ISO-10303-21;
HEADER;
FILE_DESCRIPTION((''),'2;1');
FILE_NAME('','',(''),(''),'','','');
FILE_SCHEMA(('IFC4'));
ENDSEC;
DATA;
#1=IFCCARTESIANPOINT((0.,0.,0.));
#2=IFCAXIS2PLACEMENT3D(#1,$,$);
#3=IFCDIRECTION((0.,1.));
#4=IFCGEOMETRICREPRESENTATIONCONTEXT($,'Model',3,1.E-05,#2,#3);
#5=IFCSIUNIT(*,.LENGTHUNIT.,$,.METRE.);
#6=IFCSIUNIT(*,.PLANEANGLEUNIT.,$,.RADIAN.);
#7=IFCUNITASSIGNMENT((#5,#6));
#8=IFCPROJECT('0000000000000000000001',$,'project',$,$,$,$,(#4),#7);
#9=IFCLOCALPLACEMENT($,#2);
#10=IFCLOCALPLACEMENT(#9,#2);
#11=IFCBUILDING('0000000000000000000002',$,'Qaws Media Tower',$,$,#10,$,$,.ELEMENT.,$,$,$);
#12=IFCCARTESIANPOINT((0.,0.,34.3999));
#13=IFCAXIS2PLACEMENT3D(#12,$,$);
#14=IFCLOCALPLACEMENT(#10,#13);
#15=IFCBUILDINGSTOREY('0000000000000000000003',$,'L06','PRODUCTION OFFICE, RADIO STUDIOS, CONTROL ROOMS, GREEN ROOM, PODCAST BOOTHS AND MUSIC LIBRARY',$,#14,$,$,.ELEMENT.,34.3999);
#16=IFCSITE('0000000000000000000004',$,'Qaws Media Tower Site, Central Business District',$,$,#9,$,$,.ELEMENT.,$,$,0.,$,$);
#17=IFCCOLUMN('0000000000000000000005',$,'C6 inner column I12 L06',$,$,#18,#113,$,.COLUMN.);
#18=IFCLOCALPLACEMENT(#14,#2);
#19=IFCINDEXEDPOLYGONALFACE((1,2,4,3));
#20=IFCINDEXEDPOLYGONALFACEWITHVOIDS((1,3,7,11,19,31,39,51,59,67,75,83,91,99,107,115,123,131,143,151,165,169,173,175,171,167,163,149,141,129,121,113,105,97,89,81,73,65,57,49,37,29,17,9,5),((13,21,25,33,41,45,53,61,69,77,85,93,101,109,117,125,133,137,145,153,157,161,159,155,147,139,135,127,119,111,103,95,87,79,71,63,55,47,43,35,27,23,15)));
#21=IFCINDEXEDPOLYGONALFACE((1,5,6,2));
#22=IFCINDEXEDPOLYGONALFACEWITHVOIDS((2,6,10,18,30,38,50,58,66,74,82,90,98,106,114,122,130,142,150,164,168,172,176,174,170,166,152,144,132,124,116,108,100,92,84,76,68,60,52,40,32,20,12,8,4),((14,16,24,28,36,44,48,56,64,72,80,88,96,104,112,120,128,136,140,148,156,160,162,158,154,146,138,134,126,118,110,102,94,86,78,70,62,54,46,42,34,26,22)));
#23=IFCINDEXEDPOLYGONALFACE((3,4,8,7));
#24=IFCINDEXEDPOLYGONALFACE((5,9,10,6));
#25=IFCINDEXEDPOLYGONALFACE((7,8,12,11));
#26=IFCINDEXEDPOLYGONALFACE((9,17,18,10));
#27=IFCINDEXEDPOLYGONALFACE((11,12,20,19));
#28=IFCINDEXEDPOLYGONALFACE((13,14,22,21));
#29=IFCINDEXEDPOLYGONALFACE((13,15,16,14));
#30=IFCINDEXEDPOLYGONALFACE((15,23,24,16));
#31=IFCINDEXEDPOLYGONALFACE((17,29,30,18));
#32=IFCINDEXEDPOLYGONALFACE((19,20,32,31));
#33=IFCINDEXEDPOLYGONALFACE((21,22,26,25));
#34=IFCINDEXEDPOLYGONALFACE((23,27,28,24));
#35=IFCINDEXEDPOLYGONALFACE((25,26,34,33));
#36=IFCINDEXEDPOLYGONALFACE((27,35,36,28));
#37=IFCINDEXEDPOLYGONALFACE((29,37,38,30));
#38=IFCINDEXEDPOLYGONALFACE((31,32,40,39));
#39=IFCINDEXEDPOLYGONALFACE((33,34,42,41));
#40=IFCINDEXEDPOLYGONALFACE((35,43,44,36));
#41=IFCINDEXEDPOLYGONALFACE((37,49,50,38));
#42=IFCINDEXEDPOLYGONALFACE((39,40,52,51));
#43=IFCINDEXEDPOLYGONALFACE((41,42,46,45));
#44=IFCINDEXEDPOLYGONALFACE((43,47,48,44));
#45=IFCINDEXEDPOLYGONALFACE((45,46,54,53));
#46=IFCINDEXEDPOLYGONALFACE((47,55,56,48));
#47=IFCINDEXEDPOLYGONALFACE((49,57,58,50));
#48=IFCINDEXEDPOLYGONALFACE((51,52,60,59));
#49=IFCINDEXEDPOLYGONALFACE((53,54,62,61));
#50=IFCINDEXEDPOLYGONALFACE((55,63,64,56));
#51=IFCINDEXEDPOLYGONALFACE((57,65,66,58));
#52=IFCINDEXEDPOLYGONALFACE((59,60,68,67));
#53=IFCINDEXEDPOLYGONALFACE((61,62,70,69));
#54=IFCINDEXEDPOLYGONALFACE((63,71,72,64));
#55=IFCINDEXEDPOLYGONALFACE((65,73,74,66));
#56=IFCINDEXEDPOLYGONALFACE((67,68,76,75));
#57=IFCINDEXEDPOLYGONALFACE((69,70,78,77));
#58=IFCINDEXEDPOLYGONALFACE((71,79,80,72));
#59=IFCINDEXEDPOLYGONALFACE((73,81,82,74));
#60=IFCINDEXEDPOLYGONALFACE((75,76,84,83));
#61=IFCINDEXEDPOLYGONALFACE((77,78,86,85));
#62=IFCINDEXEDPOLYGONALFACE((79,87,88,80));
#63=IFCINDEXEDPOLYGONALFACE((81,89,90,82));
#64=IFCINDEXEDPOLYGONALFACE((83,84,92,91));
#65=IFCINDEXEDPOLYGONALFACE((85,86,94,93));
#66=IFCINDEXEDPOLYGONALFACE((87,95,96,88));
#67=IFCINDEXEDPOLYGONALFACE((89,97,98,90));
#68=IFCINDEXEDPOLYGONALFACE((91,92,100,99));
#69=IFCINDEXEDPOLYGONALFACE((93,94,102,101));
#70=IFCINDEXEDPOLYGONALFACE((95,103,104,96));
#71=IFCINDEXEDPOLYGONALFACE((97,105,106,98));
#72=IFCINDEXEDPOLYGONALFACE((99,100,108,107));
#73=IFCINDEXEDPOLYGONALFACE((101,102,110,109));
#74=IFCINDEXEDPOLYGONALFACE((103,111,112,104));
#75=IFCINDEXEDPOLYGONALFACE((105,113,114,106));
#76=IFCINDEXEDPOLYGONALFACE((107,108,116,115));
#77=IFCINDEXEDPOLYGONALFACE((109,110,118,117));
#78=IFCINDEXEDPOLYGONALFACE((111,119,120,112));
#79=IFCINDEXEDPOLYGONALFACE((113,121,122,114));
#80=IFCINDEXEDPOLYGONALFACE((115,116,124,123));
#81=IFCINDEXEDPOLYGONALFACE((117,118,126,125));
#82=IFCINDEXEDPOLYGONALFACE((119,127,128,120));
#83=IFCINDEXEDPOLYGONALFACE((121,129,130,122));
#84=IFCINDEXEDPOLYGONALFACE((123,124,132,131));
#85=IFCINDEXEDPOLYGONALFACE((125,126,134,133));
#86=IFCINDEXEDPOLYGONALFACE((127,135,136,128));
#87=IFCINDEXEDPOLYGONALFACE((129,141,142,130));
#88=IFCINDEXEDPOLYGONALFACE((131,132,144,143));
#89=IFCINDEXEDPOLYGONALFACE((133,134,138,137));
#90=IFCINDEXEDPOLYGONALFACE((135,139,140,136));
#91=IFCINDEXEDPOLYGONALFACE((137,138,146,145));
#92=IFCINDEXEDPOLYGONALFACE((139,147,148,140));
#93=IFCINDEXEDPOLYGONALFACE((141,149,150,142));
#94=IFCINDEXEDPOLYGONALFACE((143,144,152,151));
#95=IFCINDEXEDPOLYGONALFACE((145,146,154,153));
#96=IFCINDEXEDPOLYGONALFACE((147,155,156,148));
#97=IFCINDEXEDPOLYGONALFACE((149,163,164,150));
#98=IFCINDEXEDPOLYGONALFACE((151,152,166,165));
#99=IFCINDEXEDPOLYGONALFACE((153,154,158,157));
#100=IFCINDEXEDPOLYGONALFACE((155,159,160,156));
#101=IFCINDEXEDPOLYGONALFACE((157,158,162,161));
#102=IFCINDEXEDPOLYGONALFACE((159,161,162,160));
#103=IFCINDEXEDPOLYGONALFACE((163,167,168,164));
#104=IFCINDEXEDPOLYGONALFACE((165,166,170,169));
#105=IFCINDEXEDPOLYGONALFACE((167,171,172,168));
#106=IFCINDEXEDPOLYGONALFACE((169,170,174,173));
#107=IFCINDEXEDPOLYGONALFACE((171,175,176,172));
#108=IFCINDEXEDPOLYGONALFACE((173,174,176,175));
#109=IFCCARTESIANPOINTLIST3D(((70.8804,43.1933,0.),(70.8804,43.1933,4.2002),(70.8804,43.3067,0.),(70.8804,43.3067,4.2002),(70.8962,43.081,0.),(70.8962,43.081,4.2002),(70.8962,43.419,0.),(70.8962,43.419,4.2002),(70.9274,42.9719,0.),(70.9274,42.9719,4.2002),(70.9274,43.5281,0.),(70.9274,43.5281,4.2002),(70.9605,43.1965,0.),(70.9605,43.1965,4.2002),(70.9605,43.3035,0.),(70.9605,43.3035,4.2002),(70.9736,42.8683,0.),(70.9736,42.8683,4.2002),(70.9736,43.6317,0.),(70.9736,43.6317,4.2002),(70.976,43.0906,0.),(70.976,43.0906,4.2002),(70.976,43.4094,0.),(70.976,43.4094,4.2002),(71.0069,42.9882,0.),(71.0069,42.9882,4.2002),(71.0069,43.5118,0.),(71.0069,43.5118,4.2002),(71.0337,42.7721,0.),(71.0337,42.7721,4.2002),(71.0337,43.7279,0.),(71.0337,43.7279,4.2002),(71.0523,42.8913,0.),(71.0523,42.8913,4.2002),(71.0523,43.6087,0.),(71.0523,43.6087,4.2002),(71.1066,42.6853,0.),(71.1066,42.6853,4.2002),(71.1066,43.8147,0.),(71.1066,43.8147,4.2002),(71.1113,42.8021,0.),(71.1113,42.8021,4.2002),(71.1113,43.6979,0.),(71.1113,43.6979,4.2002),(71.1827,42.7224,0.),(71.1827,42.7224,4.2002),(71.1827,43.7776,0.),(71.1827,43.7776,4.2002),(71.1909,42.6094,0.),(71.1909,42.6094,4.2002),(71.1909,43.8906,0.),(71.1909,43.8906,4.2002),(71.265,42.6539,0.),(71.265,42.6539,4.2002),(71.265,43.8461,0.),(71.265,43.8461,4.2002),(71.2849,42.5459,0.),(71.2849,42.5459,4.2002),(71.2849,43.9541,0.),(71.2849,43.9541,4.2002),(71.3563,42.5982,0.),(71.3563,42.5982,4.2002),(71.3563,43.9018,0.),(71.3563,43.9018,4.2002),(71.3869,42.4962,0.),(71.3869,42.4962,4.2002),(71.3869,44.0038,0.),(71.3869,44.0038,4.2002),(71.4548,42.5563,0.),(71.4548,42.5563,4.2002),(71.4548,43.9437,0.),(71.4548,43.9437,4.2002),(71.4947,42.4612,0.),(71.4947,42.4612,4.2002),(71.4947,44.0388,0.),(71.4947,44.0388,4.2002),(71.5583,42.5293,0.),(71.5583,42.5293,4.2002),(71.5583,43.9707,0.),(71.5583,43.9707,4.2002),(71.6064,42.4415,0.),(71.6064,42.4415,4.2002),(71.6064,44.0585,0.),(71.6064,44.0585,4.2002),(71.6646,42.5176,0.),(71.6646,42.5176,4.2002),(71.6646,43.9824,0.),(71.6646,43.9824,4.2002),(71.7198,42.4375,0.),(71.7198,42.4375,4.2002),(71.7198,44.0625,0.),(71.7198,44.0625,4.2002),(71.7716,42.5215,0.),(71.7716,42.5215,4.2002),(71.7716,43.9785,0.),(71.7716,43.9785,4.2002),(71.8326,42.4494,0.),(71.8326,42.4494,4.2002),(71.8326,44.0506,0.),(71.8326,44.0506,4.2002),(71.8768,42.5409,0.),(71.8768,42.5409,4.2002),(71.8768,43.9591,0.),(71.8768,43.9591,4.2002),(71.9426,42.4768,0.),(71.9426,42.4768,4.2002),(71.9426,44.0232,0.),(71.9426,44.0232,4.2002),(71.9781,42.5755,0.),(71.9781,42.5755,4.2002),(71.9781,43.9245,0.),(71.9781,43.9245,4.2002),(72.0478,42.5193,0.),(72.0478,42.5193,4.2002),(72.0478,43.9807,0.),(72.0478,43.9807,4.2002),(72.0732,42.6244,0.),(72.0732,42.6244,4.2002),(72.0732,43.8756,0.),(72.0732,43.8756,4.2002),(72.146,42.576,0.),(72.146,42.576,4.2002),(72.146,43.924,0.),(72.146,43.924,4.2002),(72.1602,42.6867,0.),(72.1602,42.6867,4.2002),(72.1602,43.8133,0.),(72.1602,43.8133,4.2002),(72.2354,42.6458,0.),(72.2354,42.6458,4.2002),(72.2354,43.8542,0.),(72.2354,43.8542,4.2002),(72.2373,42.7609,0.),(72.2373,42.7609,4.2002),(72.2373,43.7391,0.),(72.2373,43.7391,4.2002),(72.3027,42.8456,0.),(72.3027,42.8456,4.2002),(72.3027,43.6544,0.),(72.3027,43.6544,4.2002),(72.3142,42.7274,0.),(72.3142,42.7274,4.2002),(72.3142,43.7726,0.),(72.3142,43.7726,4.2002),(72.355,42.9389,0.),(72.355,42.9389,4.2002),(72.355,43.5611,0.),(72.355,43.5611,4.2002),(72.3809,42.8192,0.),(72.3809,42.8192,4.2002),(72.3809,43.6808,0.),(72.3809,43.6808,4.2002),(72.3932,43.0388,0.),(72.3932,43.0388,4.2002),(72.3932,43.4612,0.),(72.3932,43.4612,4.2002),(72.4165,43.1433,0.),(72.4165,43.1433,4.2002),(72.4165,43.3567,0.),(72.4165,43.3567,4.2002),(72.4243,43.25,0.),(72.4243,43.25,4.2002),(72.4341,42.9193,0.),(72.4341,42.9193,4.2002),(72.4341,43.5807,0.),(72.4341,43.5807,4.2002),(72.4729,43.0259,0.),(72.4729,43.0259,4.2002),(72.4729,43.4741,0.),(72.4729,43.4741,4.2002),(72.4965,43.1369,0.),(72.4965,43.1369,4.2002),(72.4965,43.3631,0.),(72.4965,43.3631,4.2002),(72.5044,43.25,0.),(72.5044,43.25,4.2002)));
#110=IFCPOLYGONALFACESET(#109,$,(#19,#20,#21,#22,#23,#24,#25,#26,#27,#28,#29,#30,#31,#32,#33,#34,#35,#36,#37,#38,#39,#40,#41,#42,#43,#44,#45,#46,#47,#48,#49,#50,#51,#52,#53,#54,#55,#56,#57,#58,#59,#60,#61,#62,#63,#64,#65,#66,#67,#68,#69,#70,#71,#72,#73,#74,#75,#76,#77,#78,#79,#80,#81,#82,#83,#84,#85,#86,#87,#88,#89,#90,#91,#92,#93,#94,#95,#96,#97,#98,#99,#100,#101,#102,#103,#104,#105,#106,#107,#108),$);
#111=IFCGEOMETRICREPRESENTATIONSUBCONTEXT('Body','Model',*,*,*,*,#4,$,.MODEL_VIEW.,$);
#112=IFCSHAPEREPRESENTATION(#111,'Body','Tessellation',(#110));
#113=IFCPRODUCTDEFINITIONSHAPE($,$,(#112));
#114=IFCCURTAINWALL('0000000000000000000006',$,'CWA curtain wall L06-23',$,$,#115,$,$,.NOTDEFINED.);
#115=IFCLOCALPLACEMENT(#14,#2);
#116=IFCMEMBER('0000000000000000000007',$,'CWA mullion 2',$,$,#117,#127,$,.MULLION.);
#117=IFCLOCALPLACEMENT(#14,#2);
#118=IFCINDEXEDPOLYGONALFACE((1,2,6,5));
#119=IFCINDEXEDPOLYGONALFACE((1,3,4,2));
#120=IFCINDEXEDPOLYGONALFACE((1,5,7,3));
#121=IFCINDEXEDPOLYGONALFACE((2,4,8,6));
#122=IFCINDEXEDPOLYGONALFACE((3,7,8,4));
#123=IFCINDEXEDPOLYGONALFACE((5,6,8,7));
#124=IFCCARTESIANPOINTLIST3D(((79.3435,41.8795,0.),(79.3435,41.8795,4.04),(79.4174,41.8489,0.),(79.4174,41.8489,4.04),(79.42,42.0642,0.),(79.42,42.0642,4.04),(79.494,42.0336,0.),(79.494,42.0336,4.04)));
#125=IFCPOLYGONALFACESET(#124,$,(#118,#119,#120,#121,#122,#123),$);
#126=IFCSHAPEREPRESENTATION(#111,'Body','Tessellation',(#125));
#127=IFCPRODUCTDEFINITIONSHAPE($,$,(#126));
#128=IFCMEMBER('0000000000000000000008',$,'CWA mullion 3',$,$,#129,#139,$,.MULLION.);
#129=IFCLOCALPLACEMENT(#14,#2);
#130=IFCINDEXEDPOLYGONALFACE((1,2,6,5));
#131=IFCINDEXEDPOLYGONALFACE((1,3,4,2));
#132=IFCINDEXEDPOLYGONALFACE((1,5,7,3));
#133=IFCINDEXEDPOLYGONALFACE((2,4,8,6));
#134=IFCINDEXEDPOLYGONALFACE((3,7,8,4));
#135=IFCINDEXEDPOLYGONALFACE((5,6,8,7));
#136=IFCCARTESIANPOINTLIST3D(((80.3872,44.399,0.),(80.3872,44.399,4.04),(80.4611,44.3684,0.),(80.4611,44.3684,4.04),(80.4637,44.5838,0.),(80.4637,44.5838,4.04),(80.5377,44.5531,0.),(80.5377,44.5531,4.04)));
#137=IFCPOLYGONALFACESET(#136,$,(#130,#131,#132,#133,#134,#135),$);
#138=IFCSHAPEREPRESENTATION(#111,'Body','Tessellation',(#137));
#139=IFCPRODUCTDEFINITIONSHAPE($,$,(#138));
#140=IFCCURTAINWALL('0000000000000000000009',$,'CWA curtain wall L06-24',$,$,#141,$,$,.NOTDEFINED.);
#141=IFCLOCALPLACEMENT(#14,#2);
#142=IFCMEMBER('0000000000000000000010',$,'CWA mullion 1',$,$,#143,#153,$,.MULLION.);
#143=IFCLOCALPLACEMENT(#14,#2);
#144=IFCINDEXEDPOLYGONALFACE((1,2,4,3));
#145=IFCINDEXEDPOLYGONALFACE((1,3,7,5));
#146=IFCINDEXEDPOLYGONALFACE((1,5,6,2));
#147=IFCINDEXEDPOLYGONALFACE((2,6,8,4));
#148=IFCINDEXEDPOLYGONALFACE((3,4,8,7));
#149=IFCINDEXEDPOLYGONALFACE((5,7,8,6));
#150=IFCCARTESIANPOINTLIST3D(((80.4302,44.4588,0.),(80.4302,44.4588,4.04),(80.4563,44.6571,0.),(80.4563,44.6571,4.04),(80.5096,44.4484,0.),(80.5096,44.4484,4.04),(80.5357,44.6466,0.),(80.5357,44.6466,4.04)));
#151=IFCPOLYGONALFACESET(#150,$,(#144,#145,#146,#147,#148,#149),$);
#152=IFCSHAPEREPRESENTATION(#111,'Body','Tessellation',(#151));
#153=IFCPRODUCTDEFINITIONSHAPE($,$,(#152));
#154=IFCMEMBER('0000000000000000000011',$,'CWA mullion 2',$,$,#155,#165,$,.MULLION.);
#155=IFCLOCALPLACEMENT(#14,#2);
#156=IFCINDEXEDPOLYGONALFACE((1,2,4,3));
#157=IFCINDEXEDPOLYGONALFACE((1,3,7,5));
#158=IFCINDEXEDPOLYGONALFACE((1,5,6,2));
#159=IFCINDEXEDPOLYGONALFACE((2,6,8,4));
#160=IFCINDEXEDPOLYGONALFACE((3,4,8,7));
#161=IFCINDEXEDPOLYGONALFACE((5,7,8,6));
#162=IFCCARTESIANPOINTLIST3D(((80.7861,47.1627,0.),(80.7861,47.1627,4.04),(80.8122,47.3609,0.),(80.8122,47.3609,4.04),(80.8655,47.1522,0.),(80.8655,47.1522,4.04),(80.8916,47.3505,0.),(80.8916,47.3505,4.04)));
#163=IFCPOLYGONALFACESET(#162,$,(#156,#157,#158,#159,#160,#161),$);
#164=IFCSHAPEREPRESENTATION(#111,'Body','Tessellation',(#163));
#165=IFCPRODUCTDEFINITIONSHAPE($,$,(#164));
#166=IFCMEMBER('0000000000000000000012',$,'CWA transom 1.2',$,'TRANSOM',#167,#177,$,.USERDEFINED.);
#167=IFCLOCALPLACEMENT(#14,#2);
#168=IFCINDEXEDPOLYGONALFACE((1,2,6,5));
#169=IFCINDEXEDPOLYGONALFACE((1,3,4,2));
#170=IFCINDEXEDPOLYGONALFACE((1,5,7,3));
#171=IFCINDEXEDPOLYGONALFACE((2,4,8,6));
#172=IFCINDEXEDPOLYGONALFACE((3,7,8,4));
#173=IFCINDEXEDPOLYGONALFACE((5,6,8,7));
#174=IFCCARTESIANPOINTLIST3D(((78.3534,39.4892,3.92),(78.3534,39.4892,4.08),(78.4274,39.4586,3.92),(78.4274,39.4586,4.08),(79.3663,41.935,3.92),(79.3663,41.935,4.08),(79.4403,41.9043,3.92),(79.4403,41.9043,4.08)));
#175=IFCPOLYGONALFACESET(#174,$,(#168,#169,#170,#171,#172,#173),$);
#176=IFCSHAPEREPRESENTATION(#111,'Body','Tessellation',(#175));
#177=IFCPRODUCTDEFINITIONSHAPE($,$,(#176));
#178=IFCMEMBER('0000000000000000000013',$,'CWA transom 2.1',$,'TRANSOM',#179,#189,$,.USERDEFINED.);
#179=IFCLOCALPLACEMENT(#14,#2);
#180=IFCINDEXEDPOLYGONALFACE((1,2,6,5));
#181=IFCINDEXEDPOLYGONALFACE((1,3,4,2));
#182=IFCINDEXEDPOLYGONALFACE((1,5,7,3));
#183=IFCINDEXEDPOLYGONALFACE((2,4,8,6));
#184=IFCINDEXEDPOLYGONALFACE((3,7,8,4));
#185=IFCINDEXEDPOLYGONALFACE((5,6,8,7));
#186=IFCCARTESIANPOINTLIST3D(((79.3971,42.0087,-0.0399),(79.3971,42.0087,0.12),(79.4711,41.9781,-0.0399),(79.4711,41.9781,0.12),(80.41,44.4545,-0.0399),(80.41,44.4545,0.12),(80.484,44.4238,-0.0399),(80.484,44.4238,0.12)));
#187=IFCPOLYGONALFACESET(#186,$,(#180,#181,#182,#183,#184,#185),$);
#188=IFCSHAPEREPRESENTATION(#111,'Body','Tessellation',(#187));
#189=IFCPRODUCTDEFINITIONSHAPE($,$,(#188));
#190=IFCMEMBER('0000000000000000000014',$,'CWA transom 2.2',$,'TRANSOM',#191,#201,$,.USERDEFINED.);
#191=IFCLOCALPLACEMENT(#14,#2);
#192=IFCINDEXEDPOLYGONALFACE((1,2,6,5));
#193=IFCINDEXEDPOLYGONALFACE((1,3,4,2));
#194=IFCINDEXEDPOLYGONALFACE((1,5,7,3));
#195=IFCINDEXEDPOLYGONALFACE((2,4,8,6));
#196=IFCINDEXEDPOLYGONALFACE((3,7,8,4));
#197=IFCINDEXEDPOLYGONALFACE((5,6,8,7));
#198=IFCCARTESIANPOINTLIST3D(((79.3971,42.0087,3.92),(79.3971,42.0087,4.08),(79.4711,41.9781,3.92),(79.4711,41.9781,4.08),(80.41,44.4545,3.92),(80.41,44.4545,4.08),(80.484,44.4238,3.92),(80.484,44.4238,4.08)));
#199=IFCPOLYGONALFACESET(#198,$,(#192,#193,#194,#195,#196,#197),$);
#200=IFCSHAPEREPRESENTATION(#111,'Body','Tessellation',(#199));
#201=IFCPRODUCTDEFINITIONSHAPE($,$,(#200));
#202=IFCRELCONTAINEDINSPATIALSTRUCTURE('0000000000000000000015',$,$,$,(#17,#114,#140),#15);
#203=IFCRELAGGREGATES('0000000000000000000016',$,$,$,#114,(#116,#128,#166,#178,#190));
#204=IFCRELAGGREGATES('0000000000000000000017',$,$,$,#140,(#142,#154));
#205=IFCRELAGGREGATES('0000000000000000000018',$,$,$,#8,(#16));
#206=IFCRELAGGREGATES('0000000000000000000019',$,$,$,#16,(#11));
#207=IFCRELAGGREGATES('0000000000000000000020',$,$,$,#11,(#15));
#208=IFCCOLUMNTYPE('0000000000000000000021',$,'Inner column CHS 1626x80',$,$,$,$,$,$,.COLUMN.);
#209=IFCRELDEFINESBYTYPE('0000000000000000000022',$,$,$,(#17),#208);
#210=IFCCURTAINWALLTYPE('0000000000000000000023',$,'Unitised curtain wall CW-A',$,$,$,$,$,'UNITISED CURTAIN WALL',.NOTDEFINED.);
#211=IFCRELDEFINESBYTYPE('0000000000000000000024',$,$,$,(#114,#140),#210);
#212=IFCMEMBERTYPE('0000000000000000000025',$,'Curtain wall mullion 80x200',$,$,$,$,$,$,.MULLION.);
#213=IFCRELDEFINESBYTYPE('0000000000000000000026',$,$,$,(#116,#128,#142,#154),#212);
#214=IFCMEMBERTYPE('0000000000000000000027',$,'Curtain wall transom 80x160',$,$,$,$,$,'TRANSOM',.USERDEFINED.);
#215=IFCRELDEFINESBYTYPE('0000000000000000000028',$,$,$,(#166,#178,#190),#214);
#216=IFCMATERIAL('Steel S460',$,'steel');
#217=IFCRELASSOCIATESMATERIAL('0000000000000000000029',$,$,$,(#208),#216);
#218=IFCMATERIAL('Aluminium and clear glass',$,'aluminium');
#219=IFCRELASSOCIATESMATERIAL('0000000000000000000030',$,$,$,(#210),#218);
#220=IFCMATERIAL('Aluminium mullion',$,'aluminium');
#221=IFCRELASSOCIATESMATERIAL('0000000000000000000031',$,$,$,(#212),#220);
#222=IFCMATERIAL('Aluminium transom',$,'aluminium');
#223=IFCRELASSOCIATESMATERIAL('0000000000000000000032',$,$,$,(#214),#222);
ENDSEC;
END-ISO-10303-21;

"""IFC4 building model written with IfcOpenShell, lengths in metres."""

from ifc_helpers import new_model, si_unit, direction, frame, origin, origin_2d, place, context, subcontext, project, spatial, rectangle, hollow_circle, extrude, material, material_profile, profile_set, type_object, element, aggregate, save


model = new_model("IFC4")

# Units and contexts
model_context = context("Model", 3, precision=1e-05, world=origin(), true_north=direction((0.0, 1.0)))
body_context = subcontext(model_context, "Body", "Model", "MODEL_VIEW")
ifc_project = project(units=[si_unit("LENGTHUNIT", "METRE"), si_unit("PLANEANGLEUNIT", "RADIAN")], contexts=[model_context])

# Site, building, storey
site_placement = place(None, origin())
site = spatial("IfcSite", under=ifc_project, at=site_placement, Name="Qaws Media Tower Site, Central Business District", CompositionType="ELEMENT", RefElevation=0.0)
building_placement = place(site_placement, origin())
building = spatial("IfcBuilding", under=site, at=building_placement, Name="Qaws Media Tower", CompositionType="ELEMENT")
storey_placement = place(building_placement, frame((0.0, 0.0, 34.3999)))
storey = spatial("IfcBuildingStorey", under=building, at=storey_placement, Name="L06", Description="PRODUCTION OFFICE, RADIO STUDIOS, CONTROL ROOMS, GREEN ROOM, PODCAST BOOTHS AND MUSIC LIBRARY", CompositionType="ELEMENT", Elevation=34.3999)

# Column
ifc_material_1 = material(Name="Steel S460", Category="steel")
ifc_material_profile_1 = material_profile(ifc_material_1, hollow_circle(Radius=0.813, WallThickness=0.0801, at=origin_2d()), Name="CHS 1626x80")
ifc_profile_set_1 = profile_set([ifc_material_profile_1], Name="Steel S460")
column_type = type_object("IfcColumnType", Name="Inner column CHS 1626x80", PredefinedType="COLUMN", material=ifc_profile_set_1)
column_placement = place(storey_placement, frame((71.6914, 43.25, 0.0), z_axis=(0.0, 0.0, 1.0), x_axis=(1.0, 0.0, 0.0)))
element("IfcColumn", 1, at=column_placement, inside=storey, type_object=column_type, Name="C6 inner column I12 L06", PredefinedType="COLUMN", context=body_context, shape_type="SweptSolid", body=[
    extrude(hollow_circle(Radius=0.813, WallThickness=0.0801, at=origin_2d()), origin(), (0.0, 0.0, 1.0), 4.2002),
])

# Curtain walls, members
ifc_material_2 = material(Name="Aluminium and clear glass", Category="aluminium")
curtain_wall_type = type_object("IfcCurtainWallType", Name="Unitised curtain wall CW-A", ElementType="UNITISED CURTAIN WALL", PredefinedType="NOTDEFINED", material=ifc_material_2)
curtain_wall_1_placement = place(storey_placement, origin())
curtain_wall_1 = element("IfcCurtainWall", 2, at=curtain_wall_1_placement, inside=storey, type_object=curtain_wall_type, Name="CWA curtain wall L06-23", PredefinedType="NOTDEFINED")
ifc_material_3 = material(Name="Aluminium mullion", Category="aluminium")
ifc_material_profile_2 = material_profile(ifc_material_3, rectangle(XDim=0.0801, YDim=0.2, at=origin_2d()), Name="80x200")
ifc_profile_set_2 = profile_set([ifc_material_profile_2], Name="Aluminium mullion")
member_type_1 = type_object("IfcMemberType", Name="Curtain wall mullion 80x200", PredefinedType="MULLION", material=ifc_profile_set_2)
member_1_placement = place(storey_placement, frame((79.4187, 41.9565, 0.0), z_axis=(0.0, 0.0, 1.0), x_axis=(-0.92388, 0.382683, 0.0)))
member_1 = element("IfcMember", 3, at=member_1_placement, type_object=member_type_1, Name="CWA mullion 2", PredefinedType="MULLION", context=body_context, shape_type="SweptSolid", body=[
    extrude(rectangle(XDim=0.0801, YDim=0.2, at=origin_2d()), origin(), (0.0, 0.0, 1.0), 4.04),
])
member_2_placement = place(storey_placement, frame((80.4624, 44.4761, 0.0), z_axis=(0.0, 0.0, 1.0), x_axis=(-0.92388, 0.382683, 0.0)))
member_2 = element("IfcMember", 4, at=member_2_placement, type_object=member_type_1, Name="CWA mullion 3", PredefinedType="MULLION", context=body_context, shape_type="SweptSolid", body=[
    extrude(rectangle(XDim=0.0801, YDim=0.2, at=origin_2d()), origin(), (0.0, 0.0, 1.0), 4.04),
])
curtain_wall_2_placement = place(storey_placement, origin())
curtain_wall_2 = element("IfcCurtainWall", 5, at=curtain_wall_2_placement, inside=storey, type_object=curtain_wall_type, Name="CWA curtain wall L06-24", PredefinedType="NOTDEFINED")
member_3_placement = place(storey_placement, frame((80.4829, 44.5527, 0.0), z_axis=(0.0, 0.0, 1.0), x_axis=(-0.991445, 0.130526, 0.0)))
member_3 = element("IfcMember", 6, at=member_3_placement, type_object=member_type_1, Name="CWA mullion 1", PredefinedType="MULLION", context=body_context, shape_type="SweptSolid", body=[
    extrude(rectangle(XDim=0.0801, YDim=0.2, at=origin_2d()), origin(), (0.0, 0.0, 1.0), 4.04),
])
member_4_placement = place(storey_placement, frame((80.8389, 47.2566, 0.0), z_axis=(0.0, 0.0, 1.0), x_axis=(-0.991445, 0.130526, 0.0)))
member_4 = element("IfcMember", 7, at=member_4_placement, type_object=member_type_1, Name="CWA mullion 2", PredefinedType="MULLION", context=body_context, shape_type="SweptSolid", body=[
    extrude(rectangle(XDim=0.0801, YDim=0.2, at=origin_2d()), origin(), (0.0, 0.0, 1.0), 4.04),
])

# Members
ifc_material_4 = material(Name="Aluminium transom", Category="aluminium")
ifc_material_profile_3 = material_profile(ifc_material_4, rectangle(XDim=0.0801, YDim=0.1599, at=origin_2d()), Name="80x160")
ifc_profile_set_3 = profile_set([ifc_material_profile_3], Name="Aluminium transom")
member_type_2 = type_object("IfcMemberType", Name="Curtain wall transom 80x160", ElementType="TRANSOM", PredefinedType="USERDEFINED", material=ifc_profile_set_3)
member_5_placement = place(storey_placement, frame((78.3904, 39.4739, 4.0), z_axis=(0.382637, 0.923899, 0.0), x_axis=(-0.923899, 0.382637, 0.0)))
member_5 = element("IfcMember", 8, at=member_5_placement, type_object=member_type_2, Name="CWA transom 1.2", ObjectType="TRANSOM", PredefinedType="USERDEFINED", context=body_context, shape_type="SweptSolid", body=[
    extrude(rectangle(XDim=0.0801, YDim=0.1599, at=origin_2d()), origin(), (0.0, 0.0, 1.0), 2.6472),
])
member_6_placement = place(storey_placement, frame((79.4341, 41.9934, 0.04), z_axis=(0.382637, 0.923899, 0.0), x_axis=(-0.923899, 0.382637, 0.0)))
member_6 = element("IfcMember", 9, at=member_6_placement, type_object=member_type_2, Name="CWA transom 2.1", ObjectType="TRANSOM", PredefinedType="USERDEFINED", context=body_context, shape_type="SweptSolid", body=[
    extrude(rectangle(XDim=0.0801, YDim=0.1599, at=origin_2d()), origin(), (0.0, 0.0, 1.0), 2.6472),
])
member_7_placement = place(storey_placement, frame((79.4341, 41.9934, 4.0), z_axis=(0.382637, 0.923899, 0.0), x_axis=(-0.923899, 0.382637, 0.0)))
member_7 = element("IfcMember", 10, at=member_7_placement, type_object=member_type_2, Name="CWA transom 2.2", ObjectType="TRANSOM", PredefinedType="USERDEFINED", context=body_context, shape_type="SweptSolid", body=[
    extrude(rectangle(XDim=0.0801, YDim=0.1599, at=origin_2d()), origin(), (0.0, 0.0, 1.0), 2.6472),
])

aggregate(curtain_wall_1, [member_1, member_2, member_5, member_6, member_7])
aggregate(curtain_wall_2, [member_3, member_4])

save(model, "model.ifc")
